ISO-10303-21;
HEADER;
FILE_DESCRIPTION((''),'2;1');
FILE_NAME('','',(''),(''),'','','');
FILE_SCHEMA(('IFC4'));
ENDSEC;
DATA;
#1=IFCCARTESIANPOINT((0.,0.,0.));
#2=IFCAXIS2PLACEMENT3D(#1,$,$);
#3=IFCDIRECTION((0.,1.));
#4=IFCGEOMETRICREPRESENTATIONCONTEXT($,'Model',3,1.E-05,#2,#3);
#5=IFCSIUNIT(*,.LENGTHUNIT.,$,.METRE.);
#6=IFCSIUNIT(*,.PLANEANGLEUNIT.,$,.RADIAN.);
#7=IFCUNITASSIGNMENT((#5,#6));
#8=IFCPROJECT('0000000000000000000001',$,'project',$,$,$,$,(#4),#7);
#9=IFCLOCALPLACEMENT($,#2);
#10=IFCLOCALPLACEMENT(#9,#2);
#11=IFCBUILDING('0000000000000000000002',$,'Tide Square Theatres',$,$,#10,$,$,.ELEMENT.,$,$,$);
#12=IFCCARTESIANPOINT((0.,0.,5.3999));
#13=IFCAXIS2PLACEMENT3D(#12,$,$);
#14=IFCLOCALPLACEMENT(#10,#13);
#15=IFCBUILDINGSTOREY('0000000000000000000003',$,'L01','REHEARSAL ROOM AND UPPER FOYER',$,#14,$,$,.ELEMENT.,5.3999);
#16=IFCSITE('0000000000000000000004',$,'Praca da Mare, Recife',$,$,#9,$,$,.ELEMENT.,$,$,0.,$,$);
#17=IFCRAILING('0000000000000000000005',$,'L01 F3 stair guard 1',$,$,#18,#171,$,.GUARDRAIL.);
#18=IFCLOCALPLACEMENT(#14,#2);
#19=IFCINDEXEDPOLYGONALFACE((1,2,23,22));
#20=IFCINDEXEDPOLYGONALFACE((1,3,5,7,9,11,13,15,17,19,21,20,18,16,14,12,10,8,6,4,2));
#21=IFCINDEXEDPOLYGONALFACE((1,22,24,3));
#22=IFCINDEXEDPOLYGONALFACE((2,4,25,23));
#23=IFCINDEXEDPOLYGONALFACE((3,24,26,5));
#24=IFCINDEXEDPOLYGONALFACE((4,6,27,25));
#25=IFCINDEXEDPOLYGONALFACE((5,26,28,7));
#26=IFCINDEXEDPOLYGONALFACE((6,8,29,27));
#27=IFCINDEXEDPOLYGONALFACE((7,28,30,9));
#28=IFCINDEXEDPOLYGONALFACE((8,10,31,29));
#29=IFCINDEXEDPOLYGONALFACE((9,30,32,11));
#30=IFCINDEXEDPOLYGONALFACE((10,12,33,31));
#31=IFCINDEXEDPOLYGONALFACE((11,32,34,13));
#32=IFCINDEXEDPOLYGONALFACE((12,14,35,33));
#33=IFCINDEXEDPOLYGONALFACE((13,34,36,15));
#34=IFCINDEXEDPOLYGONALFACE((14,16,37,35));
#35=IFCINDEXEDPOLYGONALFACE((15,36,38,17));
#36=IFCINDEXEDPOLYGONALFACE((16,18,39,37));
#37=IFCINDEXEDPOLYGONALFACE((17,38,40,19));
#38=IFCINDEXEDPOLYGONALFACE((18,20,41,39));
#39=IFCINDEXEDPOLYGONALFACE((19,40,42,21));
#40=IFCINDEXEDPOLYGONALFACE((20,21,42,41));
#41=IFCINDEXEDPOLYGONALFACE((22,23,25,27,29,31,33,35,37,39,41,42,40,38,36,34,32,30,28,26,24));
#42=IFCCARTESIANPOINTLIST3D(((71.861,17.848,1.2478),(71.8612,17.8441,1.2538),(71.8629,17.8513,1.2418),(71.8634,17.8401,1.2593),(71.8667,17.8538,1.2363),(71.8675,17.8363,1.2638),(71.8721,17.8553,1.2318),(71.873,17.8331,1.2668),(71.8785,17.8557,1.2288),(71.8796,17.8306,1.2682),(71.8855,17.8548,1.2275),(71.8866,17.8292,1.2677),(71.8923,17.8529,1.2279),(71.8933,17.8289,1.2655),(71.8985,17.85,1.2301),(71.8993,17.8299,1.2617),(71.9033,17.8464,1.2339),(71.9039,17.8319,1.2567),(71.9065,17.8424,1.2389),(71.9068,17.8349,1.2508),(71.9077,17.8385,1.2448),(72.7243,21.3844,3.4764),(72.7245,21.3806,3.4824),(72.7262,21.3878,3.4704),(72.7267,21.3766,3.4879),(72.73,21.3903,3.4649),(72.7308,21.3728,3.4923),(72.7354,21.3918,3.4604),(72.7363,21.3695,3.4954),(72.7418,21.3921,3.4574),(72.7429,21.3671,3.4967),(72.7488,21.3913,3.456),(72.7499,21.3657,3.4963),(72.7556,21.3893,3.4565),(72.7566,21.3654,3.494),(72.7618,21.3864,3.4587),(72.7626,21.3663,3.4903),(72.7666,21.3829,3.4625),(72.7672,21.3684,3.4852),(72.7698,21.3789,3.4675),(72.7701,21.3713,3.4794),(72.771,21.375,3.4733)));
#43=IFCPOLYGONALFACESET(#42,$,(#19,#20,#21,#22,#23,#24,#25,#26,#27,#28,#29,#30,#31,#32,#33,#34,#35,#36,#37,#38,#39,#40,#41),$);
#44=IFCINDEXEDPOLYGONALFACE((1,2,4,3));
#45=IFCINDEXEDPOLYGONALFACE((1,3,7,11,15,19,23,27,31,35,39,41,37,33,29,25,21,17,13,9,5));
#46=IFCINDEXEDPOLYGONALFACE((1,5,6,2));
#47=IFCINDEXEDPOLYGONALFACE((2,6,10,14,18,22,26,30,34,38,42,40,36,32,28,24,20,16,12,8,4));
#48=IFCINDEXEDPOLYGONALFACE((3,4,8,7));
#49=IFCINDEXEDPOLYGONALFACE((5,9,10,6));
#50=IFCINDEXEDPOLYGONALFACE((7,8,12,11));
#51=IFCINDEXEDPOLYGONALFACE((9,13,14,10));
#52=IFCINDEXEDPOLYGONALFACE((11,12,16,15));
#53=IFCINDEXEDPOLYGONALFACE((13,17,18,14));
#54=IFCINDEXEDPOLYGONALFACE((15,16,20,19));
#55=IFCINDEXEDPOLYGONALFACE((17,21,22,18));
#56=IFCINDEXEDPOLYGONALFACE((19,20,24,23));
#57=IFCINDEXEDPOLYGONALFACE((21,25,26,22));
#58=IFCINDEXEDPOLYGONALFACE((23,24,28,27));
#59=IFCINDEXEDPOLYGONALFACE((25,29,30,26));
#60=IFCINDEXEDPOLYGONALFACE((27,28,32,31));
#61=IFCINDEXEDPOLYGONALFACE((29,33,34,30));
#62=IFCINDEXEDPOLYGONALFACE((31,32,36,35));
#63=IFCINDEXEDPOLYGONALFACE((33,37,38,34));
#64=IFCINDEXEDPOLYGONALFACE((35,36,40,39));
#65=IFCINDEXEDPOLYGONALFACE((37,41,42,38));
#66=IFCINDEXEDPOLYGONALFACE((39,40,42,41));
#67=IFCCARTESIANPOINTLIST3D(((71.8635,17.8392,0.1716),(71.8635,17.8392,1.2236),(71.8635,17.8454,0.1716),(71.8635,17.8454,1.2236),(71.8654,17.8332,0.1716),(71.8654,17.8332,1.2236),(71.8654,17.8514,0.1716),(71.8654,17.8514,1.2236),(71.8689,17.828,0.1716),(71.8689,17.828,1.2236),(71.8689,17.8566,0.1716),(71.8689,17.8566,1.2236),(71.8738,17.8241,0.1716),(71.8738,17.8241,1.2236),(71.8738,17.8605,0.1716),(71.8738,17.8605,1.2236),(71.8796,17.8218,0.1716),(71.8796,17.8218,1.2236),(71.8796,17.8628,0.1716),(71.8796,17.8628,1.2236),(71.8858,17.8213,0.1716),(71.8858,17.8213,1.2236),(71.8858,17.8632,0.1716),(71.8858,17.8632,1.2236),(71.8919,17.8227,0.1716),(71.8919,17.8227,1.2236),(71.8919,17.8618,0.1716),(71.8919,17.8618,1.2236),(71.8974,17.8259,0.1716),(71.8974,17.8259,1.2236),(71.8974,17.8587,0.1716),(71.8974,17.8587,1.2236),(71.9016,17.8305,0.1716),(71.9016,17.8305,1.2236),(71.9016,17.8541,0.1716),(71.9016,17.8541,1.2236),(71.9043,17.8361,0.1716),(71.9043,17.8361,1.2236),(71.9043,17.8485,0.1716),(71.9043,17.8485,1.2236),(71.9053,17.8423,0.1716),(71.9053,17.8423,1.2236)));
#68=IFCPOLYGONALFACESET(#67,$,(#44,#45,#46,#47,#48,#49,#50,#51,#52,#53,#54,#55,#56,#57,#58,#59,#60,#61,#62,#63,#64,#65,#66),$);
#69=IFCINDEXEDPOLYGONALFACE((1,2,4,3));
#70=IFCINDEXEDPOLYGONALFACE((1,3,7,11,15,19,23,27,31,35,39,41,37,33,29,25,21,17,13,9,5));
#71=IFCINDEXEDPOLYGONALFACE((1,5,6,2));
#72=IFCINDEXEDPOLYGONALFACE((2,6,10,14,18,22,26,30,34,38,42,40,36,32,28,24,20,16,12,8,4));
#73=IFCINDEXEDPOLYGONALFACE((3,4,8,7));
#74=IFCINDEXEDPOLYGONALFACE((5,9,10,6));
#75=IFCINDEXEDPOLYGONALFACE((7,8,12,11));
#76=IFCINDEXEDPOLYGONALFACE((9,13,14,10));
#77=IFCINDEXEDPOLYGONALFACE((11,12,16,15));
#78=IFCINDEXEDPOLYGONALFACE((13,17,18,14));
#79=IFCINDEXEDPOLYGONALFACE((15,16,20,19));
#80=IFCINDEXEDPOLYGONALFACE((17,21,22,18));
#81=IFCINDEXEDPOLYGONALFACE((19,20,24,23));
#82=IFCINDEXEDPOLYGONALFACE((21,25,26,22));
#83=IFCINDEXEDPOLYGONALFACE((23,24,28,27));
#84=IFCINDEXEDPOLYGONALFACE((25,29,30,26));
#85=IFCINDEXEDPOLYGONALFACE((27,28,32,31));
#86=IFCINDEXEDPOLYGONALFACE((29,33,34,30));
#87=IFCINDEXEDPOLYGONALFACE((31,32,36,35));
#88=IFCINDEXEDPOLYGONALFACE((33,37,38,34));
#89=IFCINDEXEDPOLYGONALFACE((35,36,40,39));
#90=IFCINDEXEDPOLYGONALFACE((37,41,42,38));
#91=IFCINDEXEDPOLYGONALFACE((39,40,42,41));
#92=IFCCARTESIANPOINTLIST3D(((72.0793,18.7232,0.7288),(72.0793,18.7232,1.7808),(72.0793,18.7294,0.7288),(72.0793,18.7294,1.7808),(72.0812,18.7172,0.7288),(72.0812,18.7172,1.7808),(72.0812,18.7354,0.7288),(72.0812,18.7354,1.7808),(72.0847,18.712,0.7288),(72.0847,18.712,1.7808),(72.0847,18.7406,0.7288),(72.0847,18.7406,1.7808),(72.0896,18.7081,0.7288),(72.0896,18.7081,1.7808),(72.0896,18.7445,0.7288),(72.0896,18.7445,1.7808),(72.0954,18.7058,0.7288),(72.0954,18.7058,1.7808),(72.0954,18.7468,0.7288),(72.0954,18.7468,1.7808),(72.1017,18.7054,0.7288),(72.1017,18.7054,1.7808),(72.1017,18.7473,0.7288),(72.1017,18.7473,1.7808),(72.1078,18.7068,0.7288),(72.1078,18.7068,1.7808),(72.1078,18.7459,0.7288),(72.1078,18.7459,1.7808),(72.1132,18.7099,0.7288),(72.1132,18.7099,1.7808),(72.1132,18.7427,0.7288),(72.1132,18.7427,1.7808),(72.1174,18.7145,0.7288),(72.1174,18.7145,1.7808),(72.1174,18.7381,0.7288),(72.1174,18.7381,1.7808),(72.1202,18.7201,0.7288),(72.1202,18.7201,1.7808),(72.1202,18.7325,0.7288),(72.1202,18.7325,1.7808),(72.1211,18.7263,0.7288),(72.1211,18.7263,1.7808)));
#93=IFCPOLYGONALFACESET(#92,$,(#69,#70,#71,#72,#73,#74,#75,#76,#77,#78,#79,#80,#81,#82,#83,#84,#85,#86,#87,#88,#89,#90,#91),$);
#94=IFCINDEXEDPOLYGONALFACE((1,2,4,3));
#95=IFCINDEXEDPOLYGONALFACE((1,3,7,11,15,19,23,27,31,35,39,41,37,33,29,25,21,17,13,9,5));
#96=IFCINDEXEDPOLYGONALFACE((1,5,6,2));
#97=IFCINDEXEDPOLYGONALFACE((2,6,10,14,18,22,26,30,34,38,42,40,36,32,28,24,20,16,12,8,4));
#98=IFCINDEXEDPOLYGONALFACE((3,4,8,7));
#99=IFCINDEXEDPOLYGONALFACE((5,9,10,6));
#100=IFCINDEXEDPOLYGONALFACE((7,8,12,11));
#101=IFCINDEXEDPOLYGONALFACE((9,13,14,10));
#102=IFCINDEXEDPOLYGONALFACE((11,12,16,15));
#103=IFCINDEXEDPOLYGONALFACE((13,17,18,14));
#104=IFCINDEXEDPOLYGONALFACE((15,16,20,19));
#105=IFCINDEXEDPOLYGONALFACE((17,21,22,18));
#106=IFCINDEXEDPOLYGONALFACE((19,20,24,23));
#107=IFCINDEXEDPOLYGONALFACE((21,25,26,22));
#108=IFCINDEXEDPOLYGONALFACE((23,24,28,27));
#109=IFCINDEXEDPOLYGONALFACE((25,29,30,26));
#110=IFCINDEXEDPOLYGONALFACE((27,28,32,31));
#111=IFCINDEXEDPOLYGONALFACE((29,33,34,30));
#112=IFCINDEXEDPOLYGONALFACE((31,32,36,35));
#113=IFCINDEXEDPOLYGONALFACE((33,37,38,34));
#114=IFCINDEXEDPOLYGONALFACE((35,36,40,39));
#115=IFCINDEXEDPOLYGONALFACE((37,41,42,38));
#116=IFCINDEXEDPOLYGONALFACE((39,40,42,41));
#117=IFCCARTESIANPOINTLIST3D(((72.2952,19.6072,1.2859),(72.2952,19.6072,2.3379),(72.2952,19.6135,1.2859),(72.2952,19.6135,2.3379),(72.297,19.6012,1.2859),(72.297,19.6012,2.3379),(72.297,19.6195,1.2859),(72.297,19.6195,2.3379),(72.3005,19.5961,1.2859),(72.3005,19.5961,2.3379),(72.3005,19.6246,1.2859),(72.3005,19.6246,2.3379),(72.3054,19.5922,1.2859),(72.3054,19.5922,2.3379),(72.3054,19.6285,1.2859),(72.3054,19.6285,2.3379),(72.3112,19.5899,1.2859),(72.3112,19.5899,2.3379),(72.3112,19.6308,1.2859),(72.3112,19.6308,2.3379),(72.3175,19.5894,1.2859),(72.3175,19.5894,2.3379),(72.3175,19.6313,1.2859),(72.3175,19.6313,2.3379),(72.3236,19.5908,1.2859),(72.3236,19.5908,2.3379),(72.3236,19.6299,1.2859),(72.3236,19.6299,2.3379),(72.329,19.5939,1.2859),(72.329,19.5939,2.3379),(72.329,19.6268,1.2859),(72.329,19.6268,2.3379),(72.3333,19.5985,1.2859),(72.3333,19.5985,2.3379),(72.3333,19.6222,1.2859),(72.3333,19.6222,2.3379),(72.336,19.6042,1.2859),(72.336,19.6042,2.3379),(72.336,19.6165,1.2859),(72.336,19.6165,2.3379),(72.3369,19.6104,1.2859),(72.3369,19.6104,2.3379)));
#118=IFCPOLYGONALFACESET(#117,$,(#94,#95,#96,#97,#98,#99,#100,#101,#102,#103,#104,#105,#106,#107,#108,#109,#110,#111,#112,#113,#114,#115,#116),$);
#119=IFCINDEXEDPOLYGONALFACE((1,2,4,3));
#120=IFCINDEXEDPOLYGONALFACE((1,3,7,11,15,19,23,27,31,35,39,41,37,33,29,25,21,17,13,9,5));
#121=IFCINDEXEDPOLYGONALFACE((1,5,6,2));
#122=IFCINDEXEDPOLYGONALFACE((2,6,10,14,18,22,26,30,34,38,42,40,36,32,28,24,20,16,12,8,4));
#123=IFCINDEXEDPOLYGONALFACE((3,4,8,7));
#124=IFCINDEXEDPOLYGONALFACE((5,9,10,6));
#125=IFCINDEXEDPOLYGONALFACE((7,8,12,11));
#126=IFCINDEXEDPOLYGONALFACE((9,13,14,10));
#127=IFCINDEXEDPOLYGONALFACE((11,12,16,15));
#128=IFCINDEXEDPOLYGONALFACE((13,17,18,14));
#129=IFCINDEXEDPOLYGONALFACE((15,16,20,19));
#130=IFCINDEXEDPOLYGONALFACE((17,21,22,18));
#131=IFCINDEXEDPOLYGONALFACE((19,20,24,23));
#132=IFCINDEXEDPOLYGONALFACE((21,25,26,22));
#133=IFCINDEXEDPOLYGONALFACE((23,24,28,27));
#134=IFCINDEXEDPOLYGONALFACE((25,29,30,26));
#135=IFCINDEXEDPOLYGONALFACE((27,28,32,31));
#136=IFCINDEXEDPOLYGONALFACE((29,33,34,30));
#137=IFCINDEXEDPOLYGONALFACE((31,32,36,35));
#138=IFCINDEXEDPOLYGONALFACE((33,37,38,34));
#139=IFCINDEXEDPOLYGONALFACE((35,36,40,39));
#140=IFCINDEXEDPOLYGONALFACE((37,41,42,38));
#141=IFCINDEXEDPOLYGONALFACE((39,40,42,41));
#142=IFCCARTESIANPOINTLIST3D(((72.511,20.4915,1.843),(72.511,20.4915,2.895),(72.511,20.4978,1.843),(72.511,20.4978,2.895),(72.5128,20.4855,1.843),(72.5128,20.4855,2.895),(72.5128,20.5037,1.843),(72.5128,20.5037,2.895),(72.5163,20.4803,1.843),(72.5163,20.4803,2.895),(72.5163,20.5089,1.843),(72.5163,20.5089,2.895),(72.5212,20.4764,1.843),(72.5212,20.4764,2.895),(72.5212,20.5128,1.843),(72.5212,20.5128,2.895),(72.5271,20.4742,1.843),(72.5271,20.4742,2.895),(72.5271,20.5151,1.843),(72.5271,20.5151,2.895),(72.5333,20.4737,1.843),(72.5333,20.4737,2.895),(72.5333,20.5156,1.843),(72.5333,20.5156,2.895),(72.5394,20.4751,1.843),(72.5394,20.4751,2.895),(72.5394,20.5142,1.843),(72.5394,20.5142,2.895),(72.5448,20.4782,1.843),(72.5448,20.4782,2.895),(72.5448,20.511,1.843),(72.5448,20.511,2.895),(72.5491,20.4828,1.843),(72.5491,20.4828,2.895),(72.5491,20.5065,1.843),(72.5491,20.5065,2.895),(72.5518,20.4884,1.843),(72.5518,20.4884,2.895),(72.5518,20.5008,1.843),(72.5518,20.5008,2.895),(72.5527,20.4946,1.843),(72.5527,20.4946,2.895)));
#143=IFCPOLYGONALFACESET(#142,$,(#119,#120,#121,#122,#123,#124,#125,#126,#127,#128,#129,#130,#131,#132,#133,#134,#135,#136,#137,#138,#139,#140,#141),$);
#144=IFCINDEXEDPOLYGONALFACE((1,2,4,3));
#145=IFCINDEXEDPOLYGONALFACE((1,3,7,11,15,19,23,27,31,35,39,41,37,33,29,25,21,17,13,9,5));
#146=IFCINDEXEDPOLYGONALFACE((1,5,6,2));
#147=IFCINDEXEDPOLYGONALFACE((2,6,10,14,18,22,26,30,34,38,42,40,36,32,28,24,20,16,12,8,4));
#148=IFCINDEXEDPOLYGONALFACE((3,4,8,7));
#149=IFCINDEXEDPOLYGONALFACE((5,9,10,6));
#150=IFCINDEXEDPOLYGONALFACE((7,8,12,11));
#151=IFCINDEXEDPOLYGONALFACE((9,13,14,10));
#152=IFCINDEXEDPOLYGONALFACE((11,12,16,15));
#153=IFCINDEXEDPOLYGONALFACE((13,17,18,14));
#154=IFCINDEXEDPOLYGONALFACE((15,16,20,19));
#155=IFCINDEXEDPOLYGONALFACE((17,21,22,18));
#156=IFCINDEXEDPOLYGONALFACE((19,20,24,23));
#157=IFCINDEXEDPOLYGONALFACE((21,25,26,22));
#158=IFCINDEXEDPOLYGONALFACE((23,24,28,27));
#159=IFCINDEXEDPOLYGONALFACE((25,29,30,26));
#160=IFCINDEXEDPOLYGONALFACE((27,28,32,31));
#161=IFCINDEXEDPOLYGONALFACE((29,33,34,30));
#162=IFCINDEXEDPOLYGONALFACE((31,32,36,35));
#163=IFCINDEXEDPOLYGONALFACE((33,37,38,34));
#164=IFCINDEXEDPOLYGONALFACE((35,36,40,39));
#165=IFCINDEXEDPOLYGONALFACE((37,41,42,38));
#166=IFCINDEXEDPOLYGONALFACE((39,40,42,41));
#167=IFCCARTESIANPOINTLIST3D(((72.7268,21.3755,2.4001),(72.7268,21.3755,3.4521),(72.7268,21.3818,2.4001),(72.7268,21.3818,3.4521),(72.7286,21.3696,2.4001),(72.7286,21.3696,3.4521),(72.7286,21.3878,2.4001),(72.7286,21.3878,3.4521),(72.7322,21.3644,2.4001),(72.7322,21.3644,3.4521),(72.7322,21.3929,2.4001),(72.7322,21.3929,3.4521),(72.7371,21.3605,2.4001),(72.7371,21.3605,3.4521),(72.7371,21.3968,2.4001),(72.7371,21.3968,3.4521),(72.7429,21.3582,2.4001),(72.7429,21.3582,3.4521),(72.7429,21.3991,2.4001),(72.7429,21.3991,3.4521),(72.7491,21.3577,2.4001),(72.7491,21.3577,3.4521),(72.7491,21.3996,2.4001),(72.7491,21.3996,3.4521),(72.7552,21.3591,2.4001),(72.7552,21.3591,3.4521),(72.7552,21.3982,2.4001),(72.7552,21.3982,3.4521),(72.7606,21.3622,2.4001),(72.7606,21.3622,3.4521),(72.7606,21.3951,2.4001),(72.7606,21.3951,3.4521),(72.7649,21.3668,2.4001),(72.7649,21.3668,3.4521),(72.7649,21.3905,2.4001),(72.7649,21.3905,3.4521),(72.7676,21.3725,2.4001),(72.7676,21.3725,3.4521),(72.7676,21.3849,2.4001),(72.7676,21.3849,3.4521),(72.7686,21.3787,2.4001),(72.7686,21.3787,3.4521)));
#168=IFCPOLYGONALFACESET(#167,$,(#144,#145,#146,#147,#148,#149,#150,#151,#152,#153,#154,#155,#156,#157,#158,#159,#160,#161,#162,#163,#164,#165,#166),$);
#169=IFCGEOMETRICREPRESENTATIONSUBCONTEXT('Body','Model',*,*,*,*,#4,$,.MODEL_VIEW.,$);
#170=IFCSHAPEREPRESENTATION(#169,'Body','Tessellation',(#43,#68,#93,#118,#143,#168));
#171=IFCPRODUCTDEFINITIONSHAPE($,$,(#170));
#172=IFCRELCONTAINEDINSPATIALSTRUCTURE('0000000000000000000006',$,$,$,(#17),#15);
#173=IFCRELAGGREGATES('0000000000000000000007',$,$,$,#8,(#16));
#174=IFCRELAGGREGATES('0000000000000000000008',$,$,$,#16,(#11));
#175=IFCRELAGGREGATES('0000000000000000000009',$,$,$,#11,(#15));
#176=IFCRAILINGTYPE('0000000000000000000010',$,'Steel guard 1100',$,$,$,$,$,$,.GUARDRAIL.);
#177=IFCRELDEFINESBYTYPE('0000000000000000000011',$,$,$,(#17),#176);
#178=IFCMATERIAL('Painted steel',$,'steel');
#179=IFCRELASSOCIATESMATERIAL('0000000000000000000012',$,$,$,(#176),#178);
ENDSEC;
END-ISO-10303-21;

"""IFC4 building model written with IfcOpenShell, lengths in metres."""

from ifc_helpers import new_model, si_unit, direction, frame, origin, origin_2d, place, context, subcontext, project, spatial, circle, extrude, material, type_object, element, save


model = new_model("IFC4")

# Units and contexts
model_context = context("Model", 3, precision=1e-05, world=origin(), true_north=direction((0.0, 1.0)))
body_context = subcontext(model_context, "Body", "Model", "MODEL_VIEW")
ifc_project = project(units=[si_unit("LENGTHUNIT", "METRE"), si_unit("PLANEANGLEUNIT", "RADIAN")], contexts=[model_context])

# Site, building, storey
site_placement = place(None, origin())
site = spatial("IfcSite", under=ifc_project, at=site_placement, Name="Praca da Mare, Recife", CompositionType="ELEMENT", RefElevation=0.0)
building_placement = place(site_placement, origin())
building = spatial("IfcBuilding", under=site, at=building_placement, Name="Tide Square Theatres", CompositionType="ELEMENT")
storey_placement = place(building_placement, frame((0.0, 0.0, 5.3999)))
storey = spatial("IfcBuildingStorey", under=building, at=storey_placement, Name="L01", Description="REHEARSAL ROOM AND UPPER FOYER", CompositionType="ELEMENT", Elevation=5.3999)

# Railing
ifc_material_1 = material(Name="Painted steel", Category="steel")
railing_type_1 = type_object("IfcRailingType", Name="Steel guard 1100", PredefinedType="GUARDRAIL", material=ifc_material_1)
railing_1_placement = place(storey_placement, frame((71.8843, 17.8423, 0.1716)))
element("IfcRailing", 1, at=railing_1_placement, inside=storey, type_object=railing_type_1, Name="L01 F3 stair guard 1", PredefinedType="GUARDRAIL", context=body_context, shape_type="SweptSolid", body=[
    extrude(circle(Radius=0.0239, at=origin_2d()), frame((0.0, 0.0, 1.0762), z_axis=(0.202259, 0.828541, 0.522121), x_axis=(-0.971473, 0.237151, 0.0)), (0.0, 0.0, 1.0), 4.2683),
    extrude(circle(Radius=0.021, at=origin_2d()), origin(), (0.0, 0.0, 1.0), 1.052),
    extrude(circle(Radius=0.021, at=origin_2d()), frame((0.2158, 0.884, 0.5571)), (0.0, 0.0, 1.0), 1.052),
    extrude(circle(Radius=0.021, at=origin_2d()), frame((0.4316, 1.7681, 1.1143)), (0.0, 0.0, 1.0), 1.052),
    extrude(circle(Radius=0.021, at=origin_2d()), frame((0.6475, 2.6523, 1.6714)), (0.0, 0.0, 1.0), 1.052),
    extrude(circle(Radius=0.021, at=origin_2d()), frame((0.8633, 3.5364, 2.2285)), (0.0, 0.0, 1.0), 1.052),
])

save(model, "model.ifc")
